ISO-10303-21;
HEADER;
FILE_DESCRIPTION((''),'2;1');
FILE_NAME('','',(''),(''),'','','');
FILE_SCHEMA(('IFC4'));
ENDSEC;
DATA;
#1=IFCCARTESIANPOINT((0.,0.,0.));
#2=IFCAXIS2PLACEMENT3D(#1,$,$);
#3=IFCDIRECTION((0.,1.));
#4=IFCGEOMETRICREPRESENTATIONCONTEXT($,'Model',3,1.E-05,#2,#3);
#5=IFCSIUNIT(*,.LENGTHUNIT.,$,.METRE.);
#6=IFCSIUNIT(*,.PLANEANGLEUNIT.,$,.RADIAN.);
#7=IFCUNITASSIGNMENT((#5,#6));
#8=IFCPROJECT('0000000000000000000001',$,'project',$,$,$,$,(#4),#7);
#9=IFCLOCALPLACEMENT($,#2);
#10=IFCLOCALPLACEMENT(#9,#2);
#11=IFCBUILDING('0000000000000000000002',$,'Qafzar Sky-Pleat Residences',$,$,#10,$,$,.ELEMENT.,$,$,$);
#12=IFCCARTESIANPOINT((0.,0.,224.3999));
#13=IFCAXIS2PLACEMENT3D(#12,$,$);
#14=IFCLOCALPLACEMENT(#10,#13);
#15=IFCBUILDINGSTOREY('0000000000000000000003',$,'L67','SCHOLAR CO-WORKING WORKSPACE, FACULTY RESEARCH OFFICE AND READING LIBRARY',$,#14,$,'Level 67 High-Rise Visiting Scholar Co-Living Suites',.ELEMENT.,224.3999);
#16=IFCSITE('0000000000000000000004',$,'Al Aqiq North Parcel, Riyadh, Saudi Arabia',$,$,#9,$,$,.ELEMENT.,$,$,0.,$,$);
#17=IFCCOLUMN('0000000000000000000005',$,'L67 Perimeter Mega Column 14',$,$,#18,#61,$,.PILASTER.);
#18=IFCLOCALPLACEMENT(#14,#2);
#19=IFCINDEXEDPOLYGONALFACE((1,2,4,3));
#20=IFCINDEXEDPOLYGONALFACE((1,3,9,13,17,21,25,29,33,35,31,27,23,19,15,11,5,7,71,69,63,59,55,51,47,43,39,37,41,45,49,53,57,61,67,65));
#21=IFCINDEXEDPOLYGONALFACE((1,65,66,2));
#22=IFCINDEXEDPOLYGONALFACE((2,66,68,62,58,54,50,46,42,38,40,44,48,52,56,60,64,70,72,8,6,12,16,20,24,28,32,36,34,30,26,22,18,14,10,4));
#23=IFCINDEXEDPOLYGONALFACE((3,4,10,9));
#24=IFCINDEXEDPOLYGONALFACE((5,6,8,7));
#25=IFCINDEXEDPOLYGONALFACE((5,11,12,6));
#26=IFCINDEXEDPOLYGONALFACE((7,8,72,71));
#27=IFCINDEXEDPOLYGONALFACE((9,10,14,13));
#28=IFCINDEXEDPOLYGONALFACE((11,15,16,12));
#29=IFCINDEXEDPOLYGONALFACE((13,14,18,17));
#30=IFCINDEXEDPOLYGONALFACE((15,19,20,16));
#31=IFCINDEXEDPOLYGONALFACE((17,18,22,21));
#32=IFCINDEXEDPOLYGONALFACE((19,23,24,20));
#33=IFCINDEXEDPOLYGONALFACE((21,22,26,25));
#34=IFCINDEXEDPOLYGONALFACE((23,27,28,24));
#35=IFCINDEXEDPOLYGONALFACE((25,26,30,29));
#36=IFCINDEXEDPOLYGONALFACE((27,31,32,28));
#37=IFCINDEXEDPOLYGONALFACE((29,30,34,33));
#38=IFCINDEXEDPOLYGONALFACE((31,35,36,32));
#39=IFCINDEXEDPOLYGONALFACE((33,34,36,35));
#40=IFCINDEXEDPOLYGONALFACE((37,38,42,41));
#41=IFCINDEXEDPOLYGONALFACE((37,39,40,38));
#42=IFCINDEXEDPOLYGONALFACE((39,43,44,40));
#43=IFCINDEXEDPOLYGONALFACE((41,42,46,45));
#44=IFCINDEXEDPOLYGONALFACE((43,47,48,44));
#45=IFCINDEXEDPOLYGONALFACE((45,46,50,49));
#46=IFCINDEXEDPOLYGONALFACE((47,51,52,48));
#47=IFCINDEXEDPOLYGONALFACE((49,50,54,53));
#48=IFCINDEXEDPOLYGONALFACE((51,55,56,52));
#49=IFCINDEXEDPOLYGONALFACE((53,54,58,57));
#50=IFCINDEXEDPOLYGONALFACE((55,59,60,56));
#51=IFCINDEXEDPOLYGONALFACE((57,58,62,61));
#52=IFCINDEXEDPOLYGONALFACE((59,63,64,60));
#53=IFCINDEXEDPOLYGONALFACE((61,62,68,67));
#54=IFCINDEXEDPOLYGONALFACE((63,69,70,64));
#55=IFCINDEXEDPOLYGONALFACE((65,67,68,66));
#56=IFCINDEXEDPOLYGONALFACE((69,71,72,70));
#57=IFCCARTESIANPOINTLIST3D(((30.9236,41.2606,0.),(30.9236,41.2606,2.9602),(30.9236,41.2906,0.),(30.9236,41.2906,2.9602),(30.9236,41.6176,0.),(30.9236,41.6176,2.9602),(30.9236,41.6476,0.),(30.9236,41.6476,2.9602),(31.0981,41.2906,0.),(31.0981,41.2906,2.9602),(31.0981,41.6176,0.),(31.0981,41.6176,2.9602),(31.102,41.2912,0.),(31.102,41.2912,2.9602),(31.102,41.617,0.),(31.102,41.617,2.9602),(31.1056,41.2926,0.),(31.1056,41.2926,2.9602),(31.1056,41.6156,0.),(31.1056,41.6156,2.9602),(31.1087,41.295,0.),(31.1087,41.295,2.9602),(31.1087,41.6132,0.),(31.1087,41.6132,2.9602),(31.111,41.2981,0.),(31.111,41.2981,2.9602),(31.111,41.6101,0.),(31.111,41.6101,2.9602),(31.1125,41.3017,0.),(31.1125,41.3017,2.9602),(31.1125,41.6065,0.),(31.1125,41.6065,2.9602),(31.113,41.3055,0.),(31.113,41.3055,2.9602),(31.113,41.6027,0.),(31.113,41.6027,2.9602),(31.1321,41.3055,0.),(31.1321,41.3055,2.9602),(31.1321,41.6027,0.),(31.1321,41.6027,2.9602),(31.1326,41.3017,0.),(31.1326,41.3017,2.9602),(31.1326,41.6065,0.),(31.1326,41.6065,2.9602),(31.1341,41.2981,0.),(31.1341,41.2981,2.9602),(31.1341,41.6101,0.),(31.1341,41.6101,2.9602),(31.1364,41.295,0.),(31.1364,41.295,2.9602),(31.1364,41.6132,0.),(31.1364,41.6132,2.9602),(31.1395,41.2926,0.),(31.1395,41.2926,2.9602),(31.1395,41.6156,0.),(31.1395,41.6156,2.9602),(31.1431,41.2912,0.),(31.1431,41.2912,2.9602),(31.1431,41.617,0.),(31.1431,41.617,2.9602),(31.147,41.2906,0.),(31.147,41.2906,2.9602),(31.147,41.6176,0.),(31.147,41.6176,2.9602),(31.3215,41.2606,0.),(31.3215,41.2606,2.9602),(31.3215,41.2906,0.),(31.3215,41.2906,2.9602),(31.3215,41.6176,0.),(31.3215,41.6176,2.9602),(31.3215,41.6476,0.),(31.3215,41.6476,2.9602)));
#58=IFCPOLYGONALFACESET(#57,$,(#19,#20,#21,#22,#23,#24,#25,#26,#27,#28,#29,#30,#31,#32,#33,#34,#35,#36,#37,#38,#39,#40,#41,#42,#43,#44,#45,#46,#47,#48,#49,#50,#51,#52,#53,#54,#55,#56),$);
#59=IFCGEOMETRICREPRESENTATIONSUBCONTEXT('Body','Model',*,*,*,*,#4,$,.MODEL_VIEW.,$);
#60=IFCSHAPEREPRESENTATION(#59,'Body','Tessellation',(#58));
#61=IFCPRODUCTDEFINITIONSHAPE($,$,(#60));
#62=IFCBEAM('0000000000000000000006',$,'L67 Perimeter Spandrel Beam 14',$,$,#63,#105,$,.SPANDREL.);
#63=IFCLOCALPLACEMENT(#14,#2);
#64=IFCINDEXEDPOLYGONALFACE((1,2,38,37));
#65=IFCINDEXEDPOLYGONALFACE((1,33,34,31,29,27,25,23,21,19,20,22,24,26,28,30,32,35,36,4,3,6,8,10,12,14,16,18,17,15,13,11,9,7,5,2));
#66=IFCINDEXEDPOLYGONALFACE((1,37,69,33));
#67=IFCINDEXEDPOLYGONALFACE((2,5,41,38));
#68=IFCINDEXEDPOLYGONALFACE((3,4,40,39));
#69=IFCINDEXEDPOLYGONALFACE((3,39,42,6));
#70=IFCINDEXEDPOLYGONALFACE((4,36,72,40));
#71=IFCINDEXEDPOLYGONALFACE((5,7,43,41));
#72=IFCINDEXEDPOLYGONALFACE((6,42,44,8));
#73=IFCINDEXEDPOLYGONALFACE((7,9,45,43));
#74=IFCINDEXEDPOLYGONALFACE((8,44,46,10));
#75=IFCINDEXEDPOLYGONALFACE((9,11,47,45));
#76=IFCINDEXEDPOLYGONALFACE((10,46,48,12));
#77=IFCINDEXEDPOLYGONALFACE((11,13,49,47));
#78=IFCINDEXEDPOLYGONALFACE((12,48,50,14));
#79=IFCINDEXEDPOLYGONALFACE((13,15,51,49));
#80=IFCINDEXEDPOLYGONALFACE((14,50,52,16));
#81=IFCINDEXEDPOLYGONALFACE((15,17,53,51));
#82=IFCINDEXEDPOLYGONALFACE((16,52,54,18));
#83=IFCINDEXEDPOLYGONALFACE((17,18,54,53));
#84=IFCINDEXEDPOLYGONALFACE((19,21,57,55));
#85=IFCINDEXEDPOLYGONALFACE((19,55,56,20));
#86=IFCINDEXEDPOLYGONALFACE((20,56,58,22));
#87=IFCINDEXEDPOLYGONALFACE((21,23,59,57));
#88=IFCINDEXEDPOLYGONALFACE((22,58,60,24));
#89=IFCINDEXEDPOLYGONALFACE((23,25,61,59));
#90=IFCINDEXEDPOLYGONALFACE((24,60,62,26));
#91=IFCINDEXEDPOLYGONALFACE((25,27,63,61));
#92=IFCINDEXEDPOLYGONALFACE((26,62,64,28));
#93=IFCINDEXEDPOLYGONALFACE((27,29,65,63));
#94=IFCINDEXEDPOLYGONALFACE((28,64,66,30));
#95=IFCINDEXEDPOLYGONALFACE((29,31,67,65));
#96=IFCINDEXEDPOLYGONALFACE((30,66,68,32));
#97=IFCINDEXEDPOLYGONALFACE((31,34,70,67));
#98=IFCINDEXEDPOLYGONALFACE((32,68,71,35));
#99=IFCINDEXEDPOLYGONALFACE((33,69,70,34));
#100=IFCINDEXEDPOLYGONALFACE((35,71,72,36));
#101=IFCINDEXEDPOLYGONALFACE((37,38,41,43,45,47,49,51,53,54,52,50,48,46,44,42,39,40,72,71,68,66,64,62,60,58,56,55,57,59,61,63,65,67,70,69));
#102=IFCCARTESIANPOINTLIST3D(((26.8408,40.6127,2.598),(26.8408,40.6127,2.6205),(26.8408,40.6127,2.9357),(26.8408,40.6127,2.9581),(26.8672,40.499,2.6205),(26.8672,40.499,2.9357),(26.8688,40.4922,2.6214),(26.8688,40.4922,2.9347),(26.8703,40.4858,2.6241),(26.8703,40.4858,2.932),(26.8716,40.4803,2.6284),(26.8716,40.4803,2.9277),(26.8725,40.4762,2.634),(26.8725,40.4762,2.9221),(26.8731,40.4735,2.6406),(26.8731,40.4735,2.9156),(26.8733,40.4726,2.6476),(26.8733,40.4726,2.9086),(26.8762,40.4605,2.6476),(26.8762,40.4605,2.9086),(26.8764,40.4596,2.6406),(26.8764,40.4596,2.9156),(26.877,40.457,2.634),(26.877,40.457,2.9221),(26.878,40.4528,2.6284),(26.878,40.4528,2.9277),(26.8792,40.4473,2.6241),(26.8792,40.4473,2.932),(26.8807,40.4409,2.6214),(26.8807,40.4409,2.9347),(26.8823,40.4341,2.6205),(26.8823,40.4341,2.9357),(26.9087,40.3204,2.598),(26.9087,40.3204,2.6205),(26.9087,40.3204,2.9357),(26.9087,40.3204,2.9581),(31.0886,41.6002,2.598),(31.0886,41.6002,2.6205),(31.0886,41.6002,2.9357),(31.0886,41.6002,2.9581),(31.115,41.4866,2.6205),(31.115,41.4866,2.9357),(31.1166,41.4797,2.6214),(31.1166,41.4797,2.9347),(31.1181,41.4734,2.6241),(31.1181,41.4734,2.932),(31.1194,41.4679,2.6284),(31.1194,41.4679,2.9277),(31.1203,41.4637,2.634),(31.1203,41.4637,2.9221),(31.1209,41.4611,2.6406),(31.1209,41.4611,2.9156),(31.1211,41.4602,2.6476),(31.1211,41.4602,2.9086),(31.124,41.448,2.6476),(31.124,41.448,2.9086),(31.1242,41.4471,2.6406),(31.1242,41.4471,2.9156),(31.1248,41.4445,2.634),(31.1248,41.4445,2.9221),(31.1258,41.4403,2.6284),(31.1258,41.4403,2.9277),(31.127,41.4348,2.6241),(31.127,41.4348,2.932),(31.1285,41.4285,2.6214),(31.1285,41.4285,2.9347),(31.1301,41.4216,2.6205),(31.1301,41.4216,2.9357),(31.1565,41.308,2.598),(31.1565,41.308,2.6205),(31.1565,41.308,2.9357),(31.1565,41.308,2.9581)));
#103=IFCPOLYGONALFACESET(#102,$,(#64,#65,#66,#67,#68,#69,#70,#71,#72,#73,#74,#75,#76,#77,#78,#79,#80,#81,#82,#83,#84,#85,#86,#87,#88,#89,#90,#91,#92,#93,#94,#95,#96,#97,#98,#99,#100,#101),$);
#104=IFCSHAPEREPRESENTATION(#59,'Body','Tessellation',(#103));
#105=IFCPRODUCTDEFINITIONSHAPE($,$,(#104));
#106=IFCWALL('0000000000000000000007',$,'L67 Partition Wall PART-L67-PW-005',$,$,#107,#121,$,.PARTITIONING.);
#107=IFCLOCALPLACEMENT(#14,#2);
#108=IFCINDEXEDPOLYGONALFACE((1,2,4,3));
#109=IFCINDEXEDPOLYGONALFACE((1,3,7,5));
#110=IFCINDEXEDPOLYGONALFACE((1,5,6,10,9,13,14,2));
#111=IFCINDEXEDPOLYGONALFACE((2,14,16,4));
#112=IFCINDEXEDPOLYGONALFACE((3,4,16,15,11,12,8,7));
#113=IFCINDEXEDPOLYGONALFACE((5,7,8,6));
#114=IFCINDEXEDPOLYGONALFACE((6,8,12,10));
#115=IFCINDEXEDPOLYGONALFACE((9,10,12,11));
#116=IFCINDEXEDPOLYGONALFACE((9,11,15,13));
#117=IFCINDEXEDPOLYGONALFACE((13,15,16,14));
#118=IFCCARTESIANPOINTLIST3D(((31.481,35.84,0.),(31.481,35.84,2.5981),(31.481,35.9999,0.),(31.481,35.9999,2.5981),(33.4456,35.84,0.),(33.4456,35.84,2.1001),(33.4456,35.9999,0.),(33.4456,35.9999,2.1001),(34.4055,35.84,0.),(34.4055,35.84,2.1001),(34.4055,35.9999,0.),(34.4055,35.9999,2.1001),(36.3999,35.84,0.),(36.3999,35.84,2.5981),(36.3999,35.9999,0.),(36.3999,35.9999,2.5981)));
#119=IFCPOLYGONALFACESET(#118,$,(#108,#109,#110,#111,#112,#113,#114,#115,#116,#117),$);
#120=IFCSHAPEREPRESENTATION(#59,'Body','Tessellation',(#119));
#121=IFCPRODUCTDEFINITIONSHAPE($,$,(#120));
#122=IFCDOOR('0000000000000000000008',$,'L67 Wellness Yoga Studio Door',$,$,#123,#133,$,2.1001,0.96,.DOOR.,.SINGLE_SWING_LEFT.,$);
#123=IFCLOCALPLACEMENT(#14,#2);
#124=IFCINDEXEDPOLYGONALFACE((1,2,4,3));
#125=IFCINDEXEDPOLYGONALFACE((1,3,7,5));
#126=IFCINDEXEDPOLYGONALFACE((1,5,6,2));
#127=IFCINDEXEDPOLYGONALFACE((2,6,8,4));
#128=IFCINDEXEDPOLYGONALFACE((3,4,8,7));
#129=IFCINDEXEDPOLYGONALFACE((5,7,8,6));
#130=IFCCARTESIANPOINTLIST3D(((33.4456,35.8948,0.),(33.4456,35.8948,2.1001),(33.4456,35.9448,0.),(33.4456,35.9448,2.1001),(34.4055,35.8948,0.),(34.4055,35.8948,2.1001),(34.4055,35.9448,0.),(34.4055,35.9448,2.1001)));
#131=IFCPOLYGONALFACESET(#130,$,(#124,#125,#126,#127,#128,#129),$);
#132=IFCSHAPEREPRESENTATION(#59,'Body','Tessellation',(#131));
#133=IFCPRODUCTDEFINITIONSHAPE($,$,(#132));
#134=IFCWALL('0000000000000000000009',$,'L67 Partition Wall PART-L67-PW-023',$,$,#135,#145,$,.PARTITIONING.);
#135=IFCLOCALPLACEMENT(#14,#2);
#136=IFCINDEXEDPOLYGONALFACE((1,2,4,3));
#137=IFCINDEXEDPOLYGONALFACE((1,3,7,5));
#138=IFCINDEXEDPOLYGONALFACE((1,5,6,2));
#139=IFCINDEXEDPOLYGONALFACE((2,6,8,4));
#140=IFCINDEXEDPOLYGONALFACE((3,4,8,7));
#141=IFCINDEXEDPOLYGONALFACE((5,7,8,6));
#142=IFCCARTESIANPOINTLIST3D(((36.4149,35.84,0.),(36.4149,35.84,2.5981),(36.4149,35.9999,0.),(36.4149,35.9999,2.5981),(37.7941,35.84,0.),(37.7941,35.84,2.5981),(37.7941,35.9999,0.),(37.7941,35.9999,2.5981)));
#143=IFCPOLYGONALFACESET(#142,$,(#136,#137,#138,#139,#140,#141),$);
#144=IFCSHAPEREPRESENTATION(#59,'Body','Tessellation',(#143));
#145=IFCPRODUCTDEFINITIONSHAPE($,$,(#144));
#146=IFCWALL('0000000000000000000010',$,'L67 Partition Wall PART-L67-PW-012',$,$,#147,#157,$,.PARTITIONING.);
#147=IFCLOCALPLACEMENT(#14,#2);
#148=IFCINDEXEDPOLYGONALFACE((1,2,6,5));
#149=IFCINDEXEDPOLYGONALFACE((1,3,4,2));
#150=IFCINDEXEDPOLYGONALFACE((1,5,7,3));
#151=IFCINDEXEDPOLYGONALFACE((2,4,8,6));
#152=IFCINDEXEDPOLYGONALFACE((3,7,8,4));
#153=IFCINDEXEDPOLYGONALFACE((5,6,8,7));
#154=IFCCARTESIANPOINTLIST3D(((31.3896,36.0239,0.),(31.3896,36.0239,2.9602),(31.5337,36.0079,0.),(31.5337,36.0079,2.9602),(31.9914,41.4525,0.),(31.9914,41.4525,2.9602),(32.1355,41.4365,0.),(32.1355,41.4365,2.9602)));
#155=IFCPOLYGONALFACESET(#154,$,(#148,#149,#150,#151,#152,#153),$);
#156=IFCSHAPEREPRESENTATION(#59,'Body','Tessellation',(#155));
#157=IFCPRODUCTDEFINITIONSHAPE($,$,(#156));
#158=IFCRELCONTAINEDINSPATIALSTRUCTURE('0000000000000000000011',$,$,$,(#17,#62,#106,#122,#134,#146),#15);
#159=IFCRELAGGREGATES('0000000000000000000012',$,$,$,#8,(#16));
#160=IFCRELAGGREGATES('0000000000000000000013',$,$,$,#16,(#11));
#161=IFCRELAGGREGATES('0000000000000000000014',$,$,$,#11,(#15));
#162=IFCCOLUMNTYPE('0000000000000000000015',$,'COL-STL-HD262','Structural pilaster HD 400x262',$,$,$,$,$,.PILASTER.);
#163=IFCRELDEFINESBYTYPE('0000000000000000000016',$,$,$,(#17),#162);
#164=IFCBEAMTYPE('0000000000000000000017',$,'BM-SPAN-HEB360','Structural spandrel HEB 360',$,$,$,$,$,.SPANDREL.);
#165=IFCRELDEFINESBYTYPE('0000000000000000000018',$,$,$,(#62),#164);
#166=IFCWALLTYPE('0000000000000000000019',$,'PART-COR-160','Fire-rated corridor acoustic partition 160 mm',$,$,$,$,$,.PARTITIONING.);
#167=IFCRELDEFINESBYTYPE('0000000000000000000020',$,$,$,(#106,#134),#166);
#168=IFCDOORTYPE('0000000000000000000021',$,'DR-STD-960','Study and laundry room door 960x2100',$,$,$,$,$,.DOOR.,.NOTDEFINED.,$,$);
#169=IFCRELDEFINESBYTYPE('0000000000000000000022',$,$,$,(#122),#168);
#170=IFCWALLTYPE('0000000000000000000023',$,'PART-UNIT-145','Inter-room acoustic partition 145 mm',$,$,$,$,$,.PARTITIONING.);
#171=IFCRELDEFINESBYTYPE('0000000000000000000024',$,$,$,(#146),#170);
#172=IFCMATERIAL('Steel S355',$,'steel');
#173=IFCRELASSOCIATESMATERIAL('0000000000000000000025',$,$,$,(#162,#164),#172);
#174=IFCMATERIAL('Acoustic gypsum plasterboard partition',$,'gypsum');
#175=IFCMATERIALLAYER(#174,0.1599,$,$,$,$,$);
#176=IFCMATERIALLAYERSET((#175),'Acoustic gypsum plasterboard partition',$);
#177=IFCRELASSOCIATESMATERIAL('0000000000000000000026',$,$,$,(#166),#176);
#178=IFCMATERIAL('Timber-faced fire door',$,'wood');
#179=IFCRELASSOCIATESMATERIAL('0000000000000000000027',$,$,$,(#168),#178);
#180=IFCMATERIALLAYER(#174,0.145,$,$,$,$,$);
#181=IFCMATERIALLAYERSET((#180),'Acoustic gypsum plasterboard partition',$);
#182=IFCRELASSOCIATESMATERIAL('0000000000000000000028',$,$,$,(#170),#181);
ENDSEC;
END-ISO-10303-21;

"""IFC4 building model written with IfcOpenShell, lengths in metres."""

from ifc_helpers import new_model, si_unit, direction, frame, frame_2d, origin, origin_2d, place, context, subcontext, project, spatial, rectangle, i_section, extrude, source, transform, mapped, material, layer, layer_set, material_profile, profile_set, type_object, element, fill, save


model = new_model("IFC4")

# Units and contexts
model_context = context("Model", 3, precision=1e-05, world=origin(), true_north=direction((0.0, 1.0)))
body_context = subcontext(model_context, "Body", "Model", "MODEL_VIEW")
ifc_project = project(units=[si_unit("LENGTHUNIT", "METRE"), si_unit("PLANEANGLEUNIT", "RADIAN")], contexts=[model_context])

# Site, building, storey
site_placement = place(None, origin())
site = spatial("IfcSite", under=ifc_project, at=site_placement, Name="Al Aqiq North Parcel, Riyadh, Saudi Arabia", CompositionType="ELEMENT", RefElevation=0.0)
building_placement = place(site_placement, origin())
building = spatial("IfcBuilding", under=site, at=building_placement, Name="Qafzar Sky-Pleat Residences", CompositionType="ELEMENT")
storey_placement = place(building_placement, frame((0.0, 0.0, 224.3999)))
storey = spatial("IfcBuildingStorey", under=building, at=storey_placement, Name="L67", Description="SCHOLAR CO-WORKING WORKSPACE, FACULTY RESEARCH OFFICE AND READING LIBRARY", LongName="Level 67 High-Rise Visiting Scholar Co-Living Suites", CompositionType="ELEMENT", Elevation=224.3999)

# Column
ifc_material_1 = material(Name="Steel S355", Category="steel")
ifc_material_profile_1 = material_profile(ifc_material_1, i_section(OverallWidth=0.3979, OverallDepth=0.387, WebThickness=0.019, FlangeThickness=0.03, FilletRadius=0.0149, at=origin_2d()), Name="HD 400x262")
ifc_profile_set_1 = profile_set([ifc_material_profile_1], Name="Steel S355")
column_type = type_object("IfcColumnType", Name="COL-STL-HD262", Description="Structural pilaster HD 400x262", PredefinedType="PILASTER", material=ifc_profile_set_1)
shared_shape_1 = source(origin(), body_context, "Body", "SweptSolid", [
    extrude(i_section(OverallWidth=0.3979, OverallDepth=0.387, WebThickness=0.019, FlangeThickness=0.03, FilletRadius=0.0149, at=origin_2d()), origin(), (0.0, 0.0, 1.0), 2.9602),
])
column_placement = place(storey_placement, frame((31.1226, 41.4541, 0.0), z_axis=(0.0, 0.0, 1.0), x_axis=(1.0, 0.0, 0.0)))
element("IfcColumn", 1, at=column_placement, inside=storey, type_object=column_type, Name="L67 Perimeter Mega Column 14", PredefinedType="PILASTER", context=body_context, shape_type="MappedRepresentation", body=[
    mapped(shared_shape_1, transform((0.0, 0.0, 0.0), x_axis=(1.0, 0.0, 0.0), y_axis=(0.0, 1.0, 0.0), z_axis=(0.0, 0.0, 1.0), scale=1.0)),
])

# Beam
ifc_material_profile_2 = material_profile(ifc_material_1, i_section(OverallWidth=0.3, OverallDepth=0.3601, WebThickness=0.0125, FlangeThickness=0.0225, FilletRadius=0.0271, at=origin_2d()), Name="HEB 360")
ifc_profile_set_2 = profile_set([ifc_material_profile_2], Name="Steel S355")
beam_type = type_object("IfcBeamType", Name="BM-SPAN-HEB360", Description="Structural spandrel HEB 360", PredefinedType="SPANDREL", material=ifc_profile_set_2)
shared_shape_2 = source(origin(), body_context, "Body", "SweptSolid", [
    extrude(i_section(OverallWidth=0.3, OverallDepth=0.3601, WebThickness=0.0125, FlangeThickness=0.0225, FilletRadius=0.0271, at=origin_2d()), origin(), (0.0, 0.0, 1.0), 4.3611),
])
beam_placement = place(storey_placement, frame((31.1226, 41.4541, 2.7781), z_axis=(-0.974024, -0.226446, 0.0), x_axis=(0.226446, -0.974024, 0.0)))
element("IfcBeam", 2, at=beam_placement, inside=storey, type_object=beam_type, Name="L67 Perimeter Spandrel Beam 14", PredefinedType="SPANDREL", context=body_context, shape_type="MappedRepresentation", body=[
    mapped(shared_shape_2, transform((0.0, 0.0, 0.0), x_axis=(1.0, 0.0, 0.0), y_axis=(0.0, 1.0, 0.0), z_axis=(0.0, 0.0, 1.0), scale=1.0)),
])

# Wall, opening, door
ifc_material_2 = material(Name="Acoustic gypsum plasterboard partition", Category="gypsum")
ifc_layer_1 = layer(ifc_material_2, 0.1599)
ifc_layer_set_1 = layer_set([ifc_layer_1], Name="Acoustic gypsum plasterboard partition")
wall_type_1 = type_object("IfcWallType", Name="PART-COR-160", Description="Fire-rated corridor acoustic partition 160 mm", PredefinedType="PARTITIONING", material=ifc_layer_set_1)
wall_1_placement = place(storey_placement, frame((31.481, 35.9199, 0.0), z_axis=(0.0, 0.0, 1.0), x_axis=(1.0, 0.0, 0.0)))
wall_1 = element("IfcWall", 3, at=wall_1_placement, inside=storey, type_object=wall_type_1, Name="L67 Partition Wall PART-L67-PW-005", PredefinedType="PARTITIONING", context=body_context, shape_type="SweptSolid", body=[
    extrude(rectangle(XDim=4.9189, YDim=0.1599, at=frame_2d((2.4595, 0.0))), origin(), (0.0, 0.0, 1.0), 2.5981),
])
opening_1_placement = place(wall_1_placement, frame((1.9646, 0.0, 0.0)))
opening_1 = element("IfcOpeningElement", 4, at=opening_1_placement, cuts=wall_1, PredefinedType="OPENING", context=body_context, shape_type="SweptSolid", body=[
    extrude(rectangle(XDim=0.96, YDim=2.1001, at=frame_2d((0.48, 1.05))), frame((0.0, 0.0898, 0.0), z_axis=(0.0, -1.0, 0.0), x_axis=(1.0, 0.0, 0.0)), (0.0, 0.0, 1.0), 0.1799),
])
ifc_material_3 = material(Name="Timber-faced fire door", Category="wood")
door_type_1 = type_object("IfcDoorType", Name="DR-STD-960", Description="Study and laundry room door 960x2100", OperationType="NOTDEFINED", PredefinedType="DOOR", material=ifc_material_3)
shared_shape_3 = source(origin(), body_context, "Body", "SweptSolid", [
    extrude(rectangle(XDim=0.96, YDim=2.1001, at=frame_2d((0.48, 1.05))), frame((0.0, 0.0249, 0.0), z_axis=(0.0, -1.0, 0.0), x_axis=(1.0, 0.0, 0.0)), (0.0, 0.0, 1.0), 0.05),
])
door_1_placement = place(opening_1_placement, origin())
door_1 = element("IfcDoor", 5, at=door_1_placement, inside=storey, type_object=door_type_1, Name="L67 Wellness Yoga Studio Door", OperationType="SINGLE_SWING_LEFT", OverallHeight=2.1001, OverallWidth=0.96, PredefinedType="DOOR", context=body_context, shape_type="MappedRepresentation", body=[
    mapped(shared_shape_3, transform((0.0, 0.0, 0.0), x_axis=(1.0, 0.0, 0.0), y_axis=(0.0, 1.0, 0.0), z_axis=(0.0, 0.0, 1.0), scale=1.0)),
])
fill(opening_1, door_1)

# Walls
wall_2_placement = place(storey_placement, frame((36.415, 35.9199, 0.0), z_axis=(0.0, 0.0, 1.0), x_axis=(1.0, 0.0, 0.0)))
element("IfcWall", 6, at=wall_2_placement, inside=storey, type_object=wall_type_1, Name="L67 Partition Wall PART-L67-PW-023", PredefinedType="PARTITIONING", context=body_context, shape_type="SweptSolid", body=[
    extrude(rectangle(XDim=1.3792, YDim=0.1599, at=frame_2d((0.6895, 0.0))), origin(), (0.0, 0.0, 1.0), 2.5981),
])
ifc_layer_2 = layer(ifc_material_2, 0.145)
ifc_layer_set_2 = layer_set([ifc_layer_2], Name="Acoustic gypsum plasterboard partition")
wall_type_2 = type_object("IfcWallType", Name="PART-UNIT-145", Description="Inter-room acoustic partition 145 mm", PredefinedType="PARTITIONING", material=ifc_layer_set_2)
wall_3_placement = place(storey_placement, frame((31.4617, 36.0159, 0.0), z_axis=(0.0, 0.0, 1.0), x_axis=(0.110181, 0.993912, 0.0)))
element("IfcWall", 7, at=wall_3_placement, inside=storey, type_object=wall_type_2, Name="L67 Partition Wall PART-L67-PW-012", PredefinedType="PARTITIONING", context=body_context, shape_type="SweptSolid", body=[
    extrude(rectangle(XDim=5.4619, YDim=0.145, at=frame_2d((2.731, 0.0))), origin(), (0.0, 0.0, 1.0), 2.9602),
])

save(model, "model.ifc")
